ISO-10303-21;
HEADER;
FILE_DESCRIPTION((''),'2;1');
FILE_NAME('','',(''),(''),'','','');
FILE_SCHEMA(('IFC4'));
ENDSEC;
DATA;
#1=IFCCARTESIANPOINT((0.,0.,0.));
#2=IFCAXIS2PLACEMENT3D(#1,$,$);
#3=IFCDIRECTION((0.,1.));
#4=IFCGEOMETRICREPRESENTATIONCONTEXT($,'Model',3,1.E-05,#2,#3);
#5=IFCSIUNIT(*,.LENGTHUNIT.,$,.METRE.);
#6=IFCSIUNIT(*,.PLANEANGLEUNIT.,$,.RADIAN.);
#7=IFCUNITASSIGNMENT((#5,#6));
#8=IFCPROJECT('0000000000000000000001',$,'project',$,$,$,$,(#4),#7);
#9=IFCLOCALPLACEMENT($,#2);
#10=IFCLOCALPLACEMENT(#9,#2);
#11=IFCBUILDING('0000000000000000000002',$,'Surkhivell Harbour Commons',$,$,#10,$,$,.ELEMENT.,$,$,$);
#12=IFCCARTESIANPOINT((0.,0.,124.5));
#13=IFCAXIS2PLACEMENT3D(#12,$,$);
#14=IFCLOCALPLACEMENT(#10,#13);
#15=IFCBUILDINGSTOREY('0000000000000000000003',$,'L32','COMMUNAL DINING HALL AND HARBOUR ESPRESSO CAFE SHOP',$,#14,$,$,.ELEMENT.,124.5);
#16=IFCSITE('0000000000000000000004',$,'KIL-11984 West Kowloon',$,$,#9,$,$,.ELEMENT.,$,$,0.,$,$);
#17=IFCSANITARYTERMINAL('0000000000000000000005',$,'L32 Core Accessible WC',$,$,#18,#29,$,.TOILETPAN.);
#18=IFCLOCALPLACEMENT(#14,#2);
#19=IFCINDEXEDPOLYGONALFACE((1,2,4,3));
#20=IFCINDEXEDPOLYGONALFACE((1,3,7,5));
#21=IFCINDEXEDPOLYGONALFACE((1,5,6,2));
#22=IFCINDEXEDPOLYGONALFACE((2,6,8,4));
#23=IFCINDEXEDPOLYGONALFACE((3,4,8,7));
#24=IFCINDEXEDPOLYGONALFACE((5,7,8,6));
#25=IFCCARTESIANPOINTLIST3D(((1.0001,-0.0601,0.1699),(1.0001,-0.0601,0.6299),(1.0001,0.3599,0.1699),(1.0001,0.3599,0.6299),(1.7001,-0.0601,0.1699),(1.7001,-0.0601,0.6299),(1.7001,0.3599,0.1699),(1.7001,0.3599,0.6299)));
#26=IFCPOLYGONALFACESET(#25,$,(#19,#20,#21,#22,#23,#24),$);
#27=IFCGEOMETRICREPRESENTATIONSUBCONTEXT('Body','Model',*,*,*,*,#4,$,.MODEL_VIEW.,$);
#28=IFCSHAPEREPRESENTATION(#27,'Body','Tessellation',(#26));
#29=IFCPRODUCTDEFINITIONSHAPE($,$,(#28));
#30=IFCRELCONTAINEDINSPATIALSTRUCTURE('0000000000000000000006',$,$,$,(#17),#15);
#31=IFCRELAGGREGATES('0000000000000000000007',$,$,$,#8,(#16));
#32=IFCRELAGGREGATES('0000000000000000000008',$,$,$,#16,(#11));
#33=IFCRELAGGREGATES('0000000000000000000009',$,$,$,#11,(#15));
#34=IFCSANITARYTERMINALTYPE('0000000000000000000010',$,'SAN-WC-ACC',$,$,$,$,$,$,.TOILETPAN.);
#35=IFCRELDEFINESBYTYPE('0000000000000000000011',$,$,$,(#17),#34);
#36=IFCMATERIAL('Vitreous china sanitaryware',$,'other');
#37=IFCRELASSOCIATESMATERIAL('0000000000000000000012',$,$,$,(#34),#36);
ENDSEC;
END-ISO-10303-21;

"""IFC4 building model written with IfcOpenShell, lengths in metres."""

from ifc_helpers import new_model, si_unit, direction, frame, origin, origin_2d, place, context, subcontext, project, spatial, rectangle, extrude, material, type_object, element, save


model = new_model("IFC4")

# Units and contexts
model_context = context("Model", 3, precision=1e-05, world=origin(), true_north=direction((0.0, 1.0)))
body_context = subcontext(model_context, "Body", "Model", "MODEL_VIEW")
ifc_project = project(units=[si_unit("LENGTHUNIT", "METRE"), si_unit("PLANEANGLEUNIT", "RADIAN")], contexts=[model_context])

# Site, building, storey
site_placement = place(None, origin())
site = spatial("IfcSite", under=ifc_project, at=site_placement, Name="KIL-11984 West Kowloon", CompositionType="ELEMENT", RefElevation=0.0)
building_placement = place(site_placement, origin())
building = spatial("IfcBuilding", under=site, at=building_placement, Name="Surkhivell Harbour Commons", CompositionType="ELEMENT")
storey_placement = place(building_placement, frame((0.0, 0.0, 124.5)))
storey = spatial("IfcBuildingStorey", under=building, at=storey_placement, Name="L32", Description="COMMUNAL DINING HALL AND HARBOUR ESPRESSO CAFE SHOP", CompositionType="ELEMENT", Elevation=124.5)

# Sanitary terminal
ifc_material_1 = material(Name="Vitreous china sanitaryware", Category="other")
sanitary_terminal_type_1 = type_object("IfcSanitaryTerminalType", Name="SAN-WC-ACC", PredefinedType="TOILETPAN", material=ifc_material_1)
sanitary_terminal_1_placement = place(storey_placement, frame((1.3501, 0.1499, 0.1699), z_axis=(0.0, 0.0, 1.0), x_axis=(1.0, 0.0, 0.0)))
element("IfcSanitaryTerminal", 1, at=sanitary_terminal_1_placement, inside=storey, type_object=sanitary_terminal_type_1, Name="L32 Core Accessible WC", PredefinedType="TOILETPAN", context=body_context, shape_type="SweptSolid", body=[
    extrude(rectangle(XDim=0.7, YDim=0.4199, at=origin_2d()), origin(), (0.0, 0.0, 1.0), 0.46),
])

save(model, "model.ifc")
